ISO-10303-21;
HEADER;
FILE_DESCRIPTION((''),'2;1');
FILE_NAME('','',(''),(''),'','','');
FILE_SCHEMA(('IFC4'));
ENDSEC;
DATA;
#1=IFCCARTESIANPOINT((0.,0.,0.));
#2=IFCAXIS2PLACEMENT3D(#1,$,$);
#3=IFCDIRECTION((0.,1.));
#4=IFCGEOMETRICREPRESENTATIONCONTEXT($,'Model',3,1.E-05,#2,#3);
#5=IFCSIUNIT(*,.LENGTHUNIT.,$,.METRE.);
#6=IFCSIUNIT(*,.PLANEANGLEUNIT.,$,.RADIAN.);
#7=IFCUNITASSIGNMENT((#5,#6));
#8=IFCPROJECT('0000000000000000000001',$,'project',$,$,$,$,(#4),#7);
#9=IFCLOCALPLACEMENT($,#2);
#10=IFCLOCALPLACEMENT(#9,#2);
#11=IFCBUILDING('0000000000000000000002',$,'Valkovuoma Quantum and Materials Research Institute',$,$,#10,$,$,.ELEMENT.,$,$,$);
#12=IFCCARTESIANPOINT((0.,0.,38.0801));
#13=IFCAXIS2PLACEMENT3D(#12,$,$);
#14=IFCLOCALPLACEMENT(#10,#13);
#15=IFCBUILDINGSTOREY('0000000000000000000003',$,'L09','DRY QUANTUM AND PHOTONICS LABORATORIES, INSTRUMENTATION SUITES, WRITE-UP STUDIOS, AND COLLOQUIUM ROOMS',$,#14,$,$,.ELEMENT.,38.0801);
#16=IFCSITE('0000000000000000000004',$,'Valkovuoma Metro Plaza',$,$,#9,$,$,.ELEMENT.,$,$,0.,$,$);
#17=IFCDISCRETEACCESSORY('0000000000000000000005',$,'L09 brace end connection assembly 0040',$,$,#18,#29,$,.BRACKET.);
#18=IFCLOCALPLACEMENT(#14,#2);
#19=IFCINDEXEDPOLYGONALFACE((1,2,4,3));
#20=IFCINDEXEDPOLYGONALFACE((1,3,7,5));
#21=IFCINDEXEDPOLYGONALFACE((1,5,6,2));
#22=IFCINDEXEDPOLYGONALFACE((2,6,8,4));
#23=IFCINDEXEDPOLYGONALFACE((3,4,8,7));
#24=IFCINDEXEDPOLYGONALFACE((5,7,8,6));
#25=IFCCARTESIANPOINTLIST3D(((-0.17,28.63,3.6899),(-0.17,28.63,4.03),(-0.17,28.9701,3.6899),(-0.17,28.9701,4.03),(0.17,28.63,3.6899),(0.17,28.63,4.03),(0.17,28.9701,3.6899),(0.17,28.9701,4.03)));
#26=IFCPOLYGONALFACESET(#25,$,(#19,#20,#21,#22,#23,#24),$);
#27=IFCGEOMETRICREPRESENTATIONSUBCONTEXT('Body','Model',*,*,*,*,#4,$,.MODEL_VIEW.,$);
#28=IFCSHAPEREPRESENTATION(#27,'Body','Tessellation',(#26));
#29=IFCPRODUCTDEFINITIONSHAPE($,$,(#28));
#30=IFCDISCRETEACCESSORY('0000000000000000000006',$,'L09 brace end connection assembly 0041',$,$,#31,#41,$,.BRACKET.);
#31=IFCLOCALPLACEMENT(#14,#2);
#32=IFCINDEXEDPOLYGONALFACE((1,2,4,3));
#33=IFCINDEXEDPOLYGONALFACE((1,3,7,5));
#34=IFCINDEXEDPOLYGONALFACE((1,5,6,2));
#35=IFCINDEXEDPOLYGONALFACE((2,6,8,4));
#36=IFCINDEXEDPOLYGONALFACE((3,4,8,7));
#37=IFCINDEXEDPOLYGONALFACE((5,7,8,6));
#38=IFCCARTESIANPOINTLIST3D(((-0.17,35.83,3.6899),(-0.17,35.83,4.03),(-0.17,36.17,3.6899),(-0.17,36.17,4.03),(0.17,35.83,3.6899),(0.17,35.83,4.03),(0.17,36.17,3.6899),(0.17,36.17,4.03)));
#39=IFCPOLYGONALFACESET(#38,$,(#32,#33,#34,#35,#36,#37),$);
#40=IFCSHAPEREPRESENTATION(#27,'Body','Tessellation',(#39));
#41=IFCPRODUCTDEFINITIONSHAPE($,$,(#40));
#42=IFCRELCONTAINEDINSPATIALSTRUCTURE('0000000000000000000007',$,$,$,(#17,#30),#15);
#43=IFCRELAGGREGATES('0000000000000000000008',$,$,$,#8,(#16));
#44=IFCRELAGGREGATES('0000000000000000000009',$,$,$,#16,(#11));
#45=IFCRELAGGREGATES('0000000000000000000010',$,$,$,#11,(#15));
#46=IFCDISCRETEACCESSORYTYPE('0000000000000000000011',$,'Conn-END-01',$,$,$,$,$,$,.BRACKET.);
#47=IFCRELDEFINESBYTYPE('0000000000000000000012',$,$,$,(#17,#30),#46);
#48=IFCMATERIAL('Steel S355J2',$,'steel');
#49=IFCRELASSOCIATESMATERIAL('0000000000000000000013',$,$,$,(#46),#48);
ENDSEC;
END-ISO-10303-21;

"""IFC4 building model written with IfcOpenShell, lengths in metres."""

from ifc_helpers import new_model, si_unit, direction, frame, origin, origin_2d, place, context, subcontext, project, spatial, rectangle, extrude, material, type_object, element, save


model = new_model("IFC4")

# Units and contexts
model_context = context("Model", 3, precision=1e-05, world=origin(), true_north=direction((0.0, 1.0)))
body_context = subcontext(model_context, "Body", "Model", "MODEL_VIEW")
ifc_project = project(units=[si_unit("LENGTHUNIT", "METRE"), si_unit("PLANEANGLEUNIT", "RADIAN")], contexts=[model_context])

# Site, building, storey
site_placement = place(None, origin())
site = spatial("IfcSite", under=ifc_project, at=site_placement, Name="Valkovuoma Metro Plaza", CompositionType="ELEMENT", RefElevation=0.0)
building_placement = place(site_placement, origin())
building = spatial("IfcBuilding", under=site, at=building_placement, Name="Valkovuoma Quantum and Materials Research Institute", CompositionType="ELEMENT")
storey_placement = place(building_placement, frame((0.0, 0.0, 38.0801)))
storey = spatial("IfcBuildingStorey", under=building, at=storey_placement, Name="L09", Description="DRY QUANTUM AND PHOTONICS LABORATORIES, INSTRUMENTATION SUITES, WRITE-UP STUDIOS, AND COLLOQUIUM ROOMS", CompositionType="ELEMENT", Elevation=38.0801)

# Discrete accessories
ifc_material_1 = material(Name="Steel S355J2", Category="steel")
discrete_accessory_type_1 = type_object("IfcDiscreteAccessoryType", Name="Conn-END-01", PredefinedType="BRACKET", material=ifc_material_1)
for number, where, z_axis, x_axis, name in (
    (1, (0.0, 28.8, 3.6899), (0.0, 0.0, 1.0), (1.0, 0.0, 0.0), "L09 brace end connection assembly 0040"),
    (2, (0.0, 36.0, 3.6899), (0.0, 0.0, 1.0), (1.0, 0.0, 0.0), "L09 brace end connection assembly 0041"),
):
    element("IfcDiscreteAccessory", number, at=place(storey_placement, frame(where, z_axis=z_axis, x_axis=x_axis)), inside=storey, type_object=discrete_accessory_type_1, Name=name, PredefinedType="BRACKET", context=body_context, shape_type="SweptSolid", body=[
        extrude(rectangle(XDim=0.3401, YDim=0.3401, at=origin_2d()), origin(), (0.0, 0.0, 1.0), 0.3401),
    ])

save(model, "model.ifc")
